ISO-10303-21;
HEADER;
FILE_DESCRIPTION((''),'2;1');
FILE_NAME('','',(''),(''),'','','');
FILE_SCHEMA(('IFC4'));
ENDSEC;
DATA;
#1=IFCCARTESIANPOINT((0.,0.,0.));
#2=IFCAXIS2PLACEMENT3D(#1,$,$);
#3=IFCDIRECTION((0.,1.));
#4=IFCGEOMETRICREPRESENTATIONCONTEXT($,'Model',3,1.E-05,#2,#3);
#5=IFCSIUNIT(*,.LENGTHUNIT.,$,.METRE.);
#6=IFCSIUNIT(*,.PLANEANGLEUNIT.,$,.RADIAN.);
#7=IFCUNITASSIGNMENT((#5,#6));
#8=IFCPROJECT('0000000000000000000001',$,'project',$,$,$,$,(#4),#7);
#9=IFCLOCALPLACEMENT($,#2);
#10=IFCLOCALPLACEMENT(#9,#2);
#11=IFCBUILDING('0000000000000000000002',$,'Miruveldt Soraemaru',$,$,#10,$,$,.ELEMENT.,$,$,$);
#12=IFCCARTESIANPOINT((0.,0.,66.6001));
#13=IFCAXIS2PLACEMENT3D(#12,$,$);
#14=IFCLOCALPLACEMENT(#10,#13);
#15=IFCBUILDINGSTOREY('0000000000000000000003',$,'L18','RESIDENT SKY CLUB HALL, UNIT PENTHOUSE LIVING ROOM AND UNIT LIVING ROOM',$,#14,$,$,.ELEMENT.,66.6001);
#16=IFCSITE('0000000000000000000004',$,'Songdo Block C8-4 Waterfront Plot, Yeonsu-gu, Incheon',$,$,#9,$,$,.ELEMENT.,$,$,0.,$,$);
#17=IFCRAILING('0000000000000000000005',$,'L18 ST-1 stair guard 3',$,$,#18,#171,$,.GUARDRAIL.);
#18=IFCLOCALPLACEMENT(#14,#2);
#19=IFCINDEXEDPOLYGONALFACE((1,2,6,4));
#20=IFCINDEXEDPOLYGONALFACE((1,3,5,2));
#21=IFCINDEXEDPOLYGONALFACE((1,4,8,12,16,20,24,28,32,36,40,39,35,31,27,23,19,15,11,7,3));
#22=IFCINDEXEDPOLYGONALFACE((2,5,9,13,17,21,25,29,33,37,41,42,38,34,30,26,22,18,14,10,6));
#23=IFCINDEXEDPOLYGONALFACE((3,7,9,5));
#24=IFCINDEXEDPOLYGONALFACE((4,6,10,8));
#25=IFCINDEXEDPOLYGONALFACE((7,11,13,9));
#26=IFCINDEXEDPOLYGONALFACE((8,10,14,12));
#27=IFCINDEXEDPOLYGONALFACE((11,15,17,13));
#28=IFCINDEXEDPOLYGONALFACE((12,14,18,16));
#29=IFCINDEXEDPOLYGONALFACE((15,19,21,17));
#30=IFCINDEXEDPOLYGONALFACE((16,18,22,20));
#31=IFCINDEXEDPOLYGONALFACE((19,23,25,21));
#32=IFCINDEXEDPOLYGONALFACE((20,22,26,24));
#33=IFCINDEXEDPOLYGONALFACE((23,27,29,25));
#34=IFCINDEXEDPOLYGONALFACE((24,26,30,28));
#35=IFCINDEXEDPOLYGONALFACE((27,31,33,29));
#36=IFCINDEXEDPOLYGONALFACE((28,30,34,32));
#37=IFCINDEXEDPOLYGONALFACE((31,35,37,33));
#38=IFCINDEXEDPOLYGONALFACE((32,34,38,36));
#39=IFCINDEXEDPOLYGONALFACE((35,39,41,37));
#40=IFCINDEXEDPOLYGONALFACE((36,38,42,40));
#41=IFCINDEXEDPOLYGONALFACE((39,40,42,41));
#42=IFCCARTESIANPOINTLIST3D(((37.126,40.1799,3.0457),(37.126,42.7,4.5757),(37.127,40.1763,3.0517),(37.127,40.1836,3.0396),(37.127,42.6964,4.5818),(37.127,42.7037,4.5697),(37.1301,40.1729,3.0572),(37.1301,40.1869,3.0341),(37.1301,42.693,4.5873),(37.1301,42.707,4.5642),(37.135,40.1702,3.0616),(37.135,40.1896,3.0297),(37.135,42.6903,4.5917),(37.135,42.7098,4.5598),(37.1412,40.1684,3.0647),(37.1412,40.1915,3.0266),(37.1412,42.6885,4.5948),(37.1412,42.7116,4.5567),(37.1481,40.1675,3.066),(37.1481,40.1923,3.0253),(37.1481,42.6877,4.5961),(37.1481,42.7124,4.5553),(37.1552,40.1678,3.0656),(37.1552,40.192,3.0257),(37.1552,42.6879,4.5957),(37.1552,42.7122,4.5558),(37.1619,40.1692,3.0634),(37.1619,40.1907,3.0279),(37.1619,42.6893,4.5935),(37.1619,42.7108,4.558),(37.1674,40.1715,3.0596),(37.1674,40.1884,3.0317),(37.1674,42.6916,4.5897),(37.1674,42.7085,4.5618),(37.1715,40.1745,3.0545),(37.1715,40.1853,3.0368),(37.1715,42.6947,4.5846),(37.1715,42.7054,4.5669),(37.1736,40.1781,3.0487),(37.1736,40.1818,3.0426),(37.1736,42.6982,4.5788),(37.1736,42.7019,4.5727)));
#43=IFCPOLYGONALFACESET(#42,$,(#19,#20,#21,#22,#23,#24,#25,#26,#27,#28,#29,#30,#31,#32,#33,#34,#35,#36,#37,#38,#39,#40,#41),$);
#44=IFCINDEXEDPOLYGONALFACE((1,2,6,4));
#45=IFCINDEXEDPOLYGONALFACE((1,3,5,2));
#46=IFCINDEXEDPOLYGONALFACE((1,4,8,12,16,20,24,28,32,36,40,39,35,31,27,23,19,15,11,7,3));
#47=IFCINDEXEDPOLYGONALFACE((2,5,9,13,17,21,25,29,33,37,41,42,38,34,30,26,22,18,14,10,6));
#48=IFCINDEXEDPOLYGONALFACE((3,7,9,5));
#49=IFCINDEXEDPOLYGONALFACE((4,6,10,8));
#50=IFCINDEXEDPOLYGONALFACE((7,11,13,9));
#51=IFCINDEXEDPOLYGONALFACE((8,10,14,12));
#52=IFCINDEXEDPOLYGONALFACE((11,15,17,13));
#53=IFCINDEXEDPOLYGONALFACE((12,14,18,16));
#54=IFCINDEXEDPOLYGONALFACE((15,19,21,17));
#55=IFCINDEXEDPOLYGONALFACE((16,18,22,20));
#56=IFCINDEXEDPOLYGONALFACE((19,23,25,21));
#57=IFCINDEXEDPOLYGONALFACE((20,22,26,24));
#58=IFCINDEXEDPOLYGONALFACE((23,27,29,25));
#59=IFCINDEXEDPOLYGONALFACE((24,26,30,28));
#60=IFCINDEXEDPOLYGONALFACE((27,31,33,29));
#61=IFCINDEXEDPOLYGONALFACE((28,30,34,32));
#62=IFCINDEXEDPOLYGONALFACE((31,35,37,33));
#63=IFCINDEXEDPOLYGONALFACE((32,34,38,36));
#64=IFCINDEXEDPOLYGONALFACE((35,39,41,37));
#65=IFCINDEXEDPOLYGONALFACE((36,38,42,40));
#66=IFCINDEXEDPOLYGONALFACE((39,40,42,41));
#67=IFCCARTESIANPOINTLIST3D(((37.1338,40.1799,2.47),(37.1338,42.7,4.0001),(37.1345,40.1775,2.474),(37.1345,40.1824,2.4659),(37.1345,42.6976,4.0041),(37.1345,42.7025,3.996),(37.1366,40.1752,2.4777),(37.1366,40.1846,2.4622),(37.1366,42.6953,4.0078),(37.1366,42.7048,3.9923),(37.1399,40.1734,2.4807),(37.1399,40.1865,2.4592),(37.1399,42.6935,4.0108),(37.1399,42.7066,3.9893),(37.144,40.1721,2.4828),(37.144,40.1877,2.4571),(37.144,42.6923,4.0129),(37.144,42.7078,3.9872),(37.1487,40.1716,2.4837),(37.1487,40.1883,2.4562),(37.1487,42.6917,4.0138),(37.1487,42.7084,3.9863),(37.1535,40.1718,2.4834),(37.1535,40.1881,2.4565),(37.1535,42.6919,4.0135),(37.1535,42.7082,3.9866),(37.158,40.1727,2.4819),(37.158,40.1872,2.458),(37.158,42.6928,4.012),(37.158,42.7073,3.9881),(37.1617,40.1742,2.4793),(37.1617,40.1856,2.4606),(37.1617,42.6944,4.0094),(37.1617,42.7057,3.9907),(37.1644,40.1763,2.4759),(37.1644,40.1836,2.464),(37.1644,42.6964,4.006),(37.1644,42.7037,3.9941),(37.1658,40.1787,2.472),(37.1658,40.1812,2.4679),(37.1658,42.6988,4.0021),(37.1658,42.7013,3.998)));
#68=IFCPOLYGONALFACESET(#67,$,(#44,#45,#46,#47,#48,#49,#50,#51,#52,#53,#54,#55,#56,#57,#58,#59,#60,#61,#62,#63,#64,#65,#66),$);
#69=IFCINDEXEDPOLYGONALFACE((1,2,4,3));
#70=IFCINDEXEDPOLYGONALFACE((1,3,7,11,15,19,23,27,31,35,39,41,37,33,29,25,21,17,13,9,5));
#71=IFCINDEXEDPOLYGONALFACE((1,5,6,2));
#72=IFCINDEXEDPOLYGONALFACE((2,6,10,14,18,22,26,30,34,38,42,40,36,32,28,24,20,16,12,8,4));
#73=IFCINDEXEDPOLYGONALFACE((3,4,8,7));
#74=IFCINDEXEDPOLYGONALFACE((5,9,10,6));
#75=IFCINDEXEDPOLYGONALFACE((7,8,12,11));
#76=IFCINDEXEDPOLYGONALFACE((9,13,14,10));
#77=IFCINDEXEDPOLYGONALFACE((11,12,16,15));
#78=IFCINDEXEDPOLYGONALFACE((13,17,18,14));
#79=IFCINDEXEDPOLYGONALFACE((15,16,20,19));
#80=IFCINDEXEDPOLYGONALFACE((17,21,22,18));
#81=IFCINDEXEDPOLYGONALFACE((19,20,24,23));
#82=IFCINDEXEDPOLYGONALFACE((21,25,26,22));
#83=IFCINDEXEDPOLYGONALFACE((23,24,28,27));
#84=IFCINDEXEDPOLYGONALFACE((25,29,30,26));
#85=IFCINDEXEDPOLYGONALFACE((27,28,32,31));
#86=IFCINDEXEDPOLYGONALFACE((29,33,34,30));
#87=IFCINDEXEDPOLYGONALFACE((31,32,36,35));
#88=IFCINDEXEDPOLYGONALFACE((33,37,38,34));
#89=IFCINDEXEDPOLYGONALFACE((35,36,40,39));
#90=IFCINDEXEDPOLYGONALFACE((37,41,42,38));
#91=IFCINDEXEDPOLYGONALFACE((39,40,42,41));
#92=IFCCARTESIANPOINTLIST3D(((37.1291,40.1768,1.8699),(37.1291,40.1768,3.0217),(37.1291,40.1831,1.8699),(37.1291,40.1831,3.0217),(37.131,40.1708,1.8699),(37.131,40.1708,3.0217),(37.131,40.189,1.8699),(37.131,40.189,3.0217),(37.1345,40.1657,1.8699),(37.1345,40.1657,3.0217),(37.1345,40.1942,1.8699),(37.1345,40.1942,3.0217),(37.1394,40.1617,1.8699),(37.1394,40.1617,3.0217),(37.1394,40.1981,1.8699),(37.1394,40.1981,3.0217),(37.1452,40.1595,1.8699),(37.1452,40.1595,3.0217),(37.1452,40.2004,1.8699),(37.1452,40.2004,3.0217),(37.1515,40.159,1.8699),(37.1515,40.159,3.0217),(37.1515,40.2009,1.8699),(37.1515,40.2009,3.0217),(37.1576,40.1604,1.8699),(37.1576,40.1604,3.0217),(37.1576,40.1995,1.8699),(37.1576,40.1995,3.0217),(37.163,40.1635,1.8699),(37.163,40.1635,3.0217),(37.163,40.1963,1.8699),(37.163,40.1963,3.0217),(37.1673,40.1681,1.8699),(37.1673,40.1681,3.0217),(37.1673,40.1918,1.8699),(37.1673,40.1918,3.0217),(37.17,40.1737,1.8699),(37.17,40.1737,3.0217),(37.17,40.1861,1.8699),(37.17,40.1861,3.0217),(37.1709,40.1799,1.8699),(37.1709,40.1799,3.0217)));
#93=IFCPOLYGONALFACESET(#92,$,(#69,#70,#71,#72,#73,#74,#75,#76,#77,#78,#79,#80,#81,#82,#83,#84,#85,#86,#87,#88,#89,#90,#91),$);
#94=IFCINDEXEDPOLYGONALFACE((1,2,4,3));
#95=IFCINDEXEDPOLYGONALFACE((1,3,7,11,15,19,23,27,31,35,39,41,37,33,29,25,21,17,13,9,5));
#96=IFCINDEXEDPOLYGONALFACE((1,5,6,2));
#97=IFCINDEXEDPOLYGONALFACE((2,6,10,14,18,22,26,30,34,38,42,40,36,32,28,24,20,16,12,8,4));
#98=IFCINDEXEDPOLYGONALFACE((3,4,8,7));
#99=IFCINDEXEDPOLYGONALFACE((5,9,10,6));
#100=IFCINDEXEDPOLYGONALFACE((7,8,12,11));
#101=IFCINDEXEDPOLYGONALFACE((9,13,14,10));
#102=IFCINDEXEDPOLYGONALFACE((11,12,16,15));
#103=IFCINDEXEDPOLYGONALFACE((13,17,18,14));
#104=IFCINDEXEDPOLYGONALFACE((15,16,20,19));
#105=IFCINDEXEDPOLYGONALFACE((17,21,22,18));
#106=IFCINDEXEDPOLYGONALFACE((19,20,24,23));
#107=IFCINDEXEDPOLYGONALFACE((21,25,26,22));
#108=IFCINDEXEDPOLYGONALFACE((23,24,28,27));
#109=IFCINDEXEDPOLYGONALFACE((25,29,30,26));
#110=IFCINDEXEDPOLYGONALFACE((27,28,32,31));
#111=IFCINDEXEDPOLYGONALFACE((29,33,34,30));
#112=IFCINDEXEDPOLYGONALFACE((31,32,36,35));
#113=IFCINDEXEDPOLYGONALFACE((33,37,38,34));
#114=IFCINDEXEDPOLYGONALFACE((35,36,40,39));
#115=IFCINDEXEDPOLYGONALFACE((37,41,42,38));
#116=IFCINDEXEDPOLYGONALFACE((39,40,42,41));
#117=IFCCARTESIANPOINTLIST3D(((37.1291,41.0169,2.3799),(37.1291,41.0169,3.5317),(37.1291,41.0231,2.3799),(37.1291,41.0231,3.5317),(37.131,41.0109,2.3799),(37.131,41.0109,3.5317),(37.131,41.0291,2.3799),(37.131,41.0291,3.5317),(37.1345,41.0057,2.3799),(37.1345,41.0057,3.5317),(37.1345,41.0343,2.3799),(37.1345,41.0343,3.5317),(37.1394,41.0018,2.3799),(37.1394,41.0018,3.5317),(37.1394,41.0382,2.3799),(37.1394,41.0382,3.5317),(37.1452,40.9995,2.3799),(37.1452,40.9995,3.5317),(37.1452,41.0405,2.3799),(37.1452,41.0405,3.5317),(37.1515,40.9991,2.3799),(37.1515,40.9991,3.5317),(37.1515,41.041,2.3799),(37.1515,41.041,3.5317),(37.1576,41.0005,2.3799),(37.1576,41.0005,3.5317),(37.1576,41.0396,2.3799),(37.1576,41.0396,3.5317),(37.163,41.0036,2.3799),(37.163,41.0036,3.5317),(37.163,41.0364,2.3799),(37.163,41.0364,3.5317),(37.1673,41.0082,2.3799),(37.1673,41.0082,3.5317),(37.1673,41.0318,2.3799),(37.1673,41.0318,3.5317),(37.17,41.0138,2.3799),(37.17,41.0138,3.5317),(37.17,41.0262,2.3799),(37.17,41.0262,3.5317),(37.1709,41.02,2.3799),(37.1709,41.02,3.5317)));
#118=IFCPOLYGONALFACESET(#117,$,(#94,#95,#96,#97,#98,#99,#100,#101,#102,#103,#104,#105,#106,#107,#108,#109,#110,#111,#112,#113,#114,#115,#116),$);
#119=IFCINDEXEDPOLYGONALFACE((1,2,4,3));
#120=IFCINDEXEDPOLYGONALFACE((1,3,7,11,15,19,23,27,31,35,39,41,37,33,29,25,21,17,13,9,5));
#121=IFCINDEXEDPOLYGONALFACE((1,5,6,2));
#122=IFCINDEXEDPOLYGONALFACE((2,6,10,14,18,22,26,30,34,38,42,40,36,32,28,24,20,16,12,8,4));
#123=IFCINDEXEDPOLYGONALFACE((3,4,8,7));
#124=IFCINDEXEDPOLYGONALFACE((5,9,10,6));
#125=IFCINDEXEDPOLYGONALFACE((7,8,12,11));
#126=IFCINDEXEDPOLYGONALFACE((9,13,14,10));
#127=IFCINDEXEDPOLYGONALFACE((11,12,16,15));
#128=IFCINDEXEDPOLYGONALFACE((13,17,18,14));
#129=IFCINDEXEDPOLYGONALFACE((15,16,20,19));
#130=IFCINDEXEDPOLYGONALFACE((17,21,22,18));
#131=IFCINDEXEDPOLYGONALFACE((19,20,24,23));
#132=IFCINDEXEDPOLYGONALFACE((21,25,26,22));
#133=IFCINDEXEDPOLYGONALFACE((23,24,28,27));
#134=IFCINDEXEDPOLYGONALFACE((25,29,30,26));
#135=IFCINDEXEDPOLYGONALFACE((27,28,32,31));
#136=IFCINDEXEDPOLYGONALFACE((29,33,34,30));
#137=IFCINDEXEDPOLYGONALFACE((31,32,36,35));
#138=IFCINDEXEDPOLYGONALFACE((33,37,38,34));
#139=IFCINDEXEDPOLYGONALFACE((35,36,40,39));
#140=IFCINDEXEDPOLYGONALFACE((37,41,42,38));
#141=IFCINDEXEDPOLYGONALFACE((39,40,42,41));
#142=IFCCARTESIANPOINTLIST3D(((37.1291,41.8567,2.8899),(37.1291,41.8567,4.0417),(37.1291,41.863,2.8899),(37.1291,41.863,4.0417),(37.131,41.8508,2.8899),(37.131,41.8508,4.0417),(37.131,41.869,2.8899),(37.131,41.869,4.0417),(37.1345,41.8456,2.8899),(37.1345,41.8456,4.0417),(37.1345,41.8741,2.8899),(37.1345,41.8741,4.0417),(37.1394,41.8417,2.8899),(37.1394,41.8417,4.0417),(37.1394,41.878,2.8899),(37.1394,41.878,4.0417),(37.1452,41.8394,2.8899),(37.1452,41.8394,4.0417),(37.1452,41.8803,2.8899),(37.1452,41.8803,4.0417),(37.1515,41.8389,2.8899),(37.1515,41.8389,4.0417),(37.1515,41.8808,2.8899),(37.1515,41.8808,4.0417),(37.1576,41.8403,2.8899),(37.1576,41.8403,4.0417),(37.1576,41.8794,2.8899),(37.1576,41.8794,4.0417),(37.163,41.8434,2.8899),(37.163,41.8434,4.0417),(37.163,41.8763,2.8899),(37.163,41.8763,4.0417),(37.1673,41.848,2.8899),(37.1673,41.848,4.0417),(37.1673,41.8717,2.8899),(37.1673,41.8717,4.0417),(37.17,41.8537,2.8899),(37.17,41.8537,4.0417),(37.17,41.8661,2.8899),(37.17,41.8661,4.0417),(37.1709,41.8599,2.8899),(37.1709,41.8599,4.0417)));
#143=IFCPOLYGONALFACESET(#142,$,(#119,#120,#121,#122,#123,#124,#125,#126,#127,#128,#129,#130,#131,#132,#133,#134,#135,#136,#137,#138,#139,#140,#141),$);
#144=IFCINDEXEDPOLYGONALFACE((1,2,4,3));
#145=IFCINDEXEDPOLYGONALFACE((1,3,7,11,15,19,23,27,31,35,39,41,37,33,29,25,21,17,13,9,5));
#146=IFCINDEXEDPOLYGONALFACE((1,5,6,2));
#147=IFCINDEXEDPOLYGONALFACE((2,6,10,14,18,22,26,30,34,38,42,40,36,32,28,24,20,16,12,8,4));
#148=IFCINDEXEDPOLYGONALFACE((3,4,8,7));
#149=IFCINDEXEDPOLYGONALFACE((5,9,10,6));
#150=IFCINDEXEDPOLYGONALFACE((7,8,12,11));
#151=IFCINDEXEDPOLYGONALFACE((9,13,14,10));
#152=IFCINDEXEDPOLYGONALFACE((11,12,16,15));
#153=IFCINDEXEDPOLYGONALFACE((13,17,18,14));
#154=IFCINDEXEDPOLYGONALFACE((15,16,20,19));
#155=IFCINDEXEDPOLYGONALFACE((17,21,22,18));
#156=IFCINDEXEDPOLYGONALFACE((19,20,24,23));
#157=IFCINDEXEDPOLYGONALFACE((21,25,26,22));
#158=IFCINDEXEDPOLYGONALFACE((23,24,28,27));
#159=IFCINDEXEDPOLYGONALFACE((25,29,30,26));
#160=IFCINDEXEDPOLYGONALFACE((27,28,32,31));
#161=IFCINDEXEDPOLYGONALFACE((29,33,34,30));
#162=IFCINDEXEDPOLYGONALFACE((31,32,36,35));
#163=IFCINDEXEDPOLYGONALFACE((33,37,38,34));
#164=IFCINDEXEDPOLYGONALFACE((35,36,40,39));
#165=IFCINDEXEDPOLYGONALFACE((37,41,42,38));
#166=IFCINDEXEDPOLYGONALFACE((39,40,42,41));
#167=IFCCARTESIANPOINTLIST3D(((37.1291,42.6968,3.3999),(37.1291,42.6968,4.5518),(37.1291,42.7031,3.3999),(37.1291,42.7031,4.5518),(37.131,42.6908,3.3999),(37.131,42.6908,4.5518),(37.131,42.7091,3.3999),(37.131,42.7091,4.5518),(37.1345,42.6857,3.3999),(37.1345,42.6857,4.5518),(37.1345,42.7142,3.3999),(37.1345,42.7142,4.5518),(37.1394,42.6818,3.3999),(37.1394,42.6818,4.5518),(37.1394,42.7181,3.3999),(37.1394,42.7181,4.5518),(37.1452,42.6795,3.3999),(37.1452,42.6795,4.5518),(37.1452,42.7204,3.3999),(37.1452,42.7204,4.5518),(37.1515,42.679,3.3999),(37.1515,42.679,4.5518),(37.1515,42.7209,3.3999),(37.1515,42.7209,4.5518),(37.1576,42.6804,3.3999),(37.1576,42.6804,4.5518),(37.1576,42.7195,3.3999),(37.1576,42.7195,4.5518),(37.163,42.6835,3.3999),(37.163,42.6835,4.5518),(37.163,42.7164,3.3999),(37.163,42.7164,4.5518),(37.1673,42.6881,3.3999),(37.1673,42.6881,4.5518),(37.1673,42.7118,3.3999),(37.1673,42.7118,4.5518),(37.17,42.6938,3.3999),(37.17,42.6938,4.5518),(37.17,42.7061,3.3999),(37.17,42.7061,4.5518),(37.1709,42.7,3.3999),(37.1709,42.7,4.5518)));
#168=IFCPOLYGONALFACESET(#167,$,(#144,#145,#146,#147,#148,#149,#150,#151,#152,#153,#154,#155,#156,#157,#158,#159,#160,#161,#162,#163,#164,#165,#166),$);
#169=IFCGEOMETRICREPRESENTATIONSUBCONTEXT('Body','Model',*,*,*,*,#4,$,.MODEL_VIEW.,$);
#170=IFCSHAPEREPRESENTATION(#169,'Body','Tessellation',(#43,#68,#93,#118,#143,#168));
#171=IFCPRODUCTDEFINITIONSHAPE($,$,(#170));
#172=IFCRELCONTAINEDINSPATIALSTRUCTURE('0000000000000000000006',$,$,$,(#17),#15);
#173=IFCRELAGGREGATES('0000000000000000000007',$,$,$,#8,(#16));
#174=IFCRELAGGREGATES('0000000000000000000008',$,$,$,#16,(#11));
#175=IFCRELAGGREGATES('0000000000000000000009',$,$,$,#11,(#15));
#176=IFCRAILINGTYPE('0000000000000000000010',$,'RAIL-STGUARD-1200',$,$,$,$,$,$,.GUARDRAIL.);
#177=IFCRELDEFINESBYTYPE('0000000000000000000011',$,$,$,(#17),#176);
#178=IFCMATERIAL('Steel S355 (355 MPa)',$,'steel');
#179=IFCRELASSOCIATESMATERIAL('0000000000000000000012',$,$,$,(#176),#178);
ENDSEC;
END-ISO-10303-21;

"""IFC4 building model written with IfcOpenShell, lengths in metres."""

from ifc_helpers import new_model, si_unit, direction, frame, origin, origin_2d, place, context, subcontext, project, spatial, circle, extrude, material, type_object, element, save


model = new_model("IFC4")

# Units and contexts
model_context = context("Model", 3, precision=1e-05, world=origin(), true_north=direction((0.0, 1.0)))
body_context = subcontext(model_context, "Body", "Model", "MODEL_VIEW")
ifc_project = project(units=[si_unit("LENGTHUNIT", "METRE"), si_unit("PLANEANGLEUNIT", "RADIAN")], contexts=[model_context])

# Site, building, storey
site_placement = place(None, origin())
site = spatial("IfcSite", under=ifc_project, at=site_placement, Name="Songdo Block C8-4 Waterfront Plot, Yeonsu-gu, Incheon", CompositionType="ELEMENT", RefElevation=0.0)
building_placement = place(site_placement, origin())
building = spatial("IfcBuilding", under=site, at=building_placement, Name="Miruveldt Soraemaru", CompositionType="ELEMENT")
storey_placement = place(building_placement, frame((0.0, 0.0, 66.6001)))
storey = spatial("IfcBuildingStorey", under=building, at=storey_placement, Name="L18", Description="RESIDENT SKY CLUB HALL, UNIT PENTHOUSE LIVING ROOM AND UNIT LIVING ROOM", CompositionType="ELEMENT", Elevation=66.6001)

# Railing
ifc_material_1 = material(Name="Steel S355 (355 MPa)", Category="steel")
railing_type_1 = type_object("IfcRailingType", Name="RAIL-STGUARD-1200", PredefinedType="GUARDRAIL", material=ifc_material_1)
railing_1_placement = place(storey_placement, frame((37.1499, 40.1799, 1.8699)))
element("IfcRailing", 1, at=railing_1_placement, inside=storey, type_object=railing_type_1, Name="L18 ST-1 stair guard 3", PredefinedType="GUARDRAIL", context=body_context, shape_type="SweptSolid", body=[
    extrude(circle(Radius=0.0239, at=origin_2d()), frame((0.0, 0.0, 1.1758), z_axis=(0.0, 0.854785, 0.518982), x_axis=(-1.0, 0.0, 0.0)), (0.0, 0.0, 1.0), 2.9482),
    extrude(circle(Radius=0.0161, at=origin_2d()), frame((0.0, 0.0, 0.6001), z_axis=(0.0, 0.854785, 0.518982), x_axis=(-1.0, 0.0, 0.0)), (0.0, 0.0, 1.0), 2.9482),
    extrude(circle(Radius=0.021, at=origin_2d()), origin(), (0.0, 0.0, 1.0), 1.1519),
    extrude(circle(Radius=0.021, at=origin_2d()), frame((0.0, 0.8401, 0.51)), (0.0, 0.0, 1.0), 1.1519),
    extrude(circle(Radius=0.021, at=origin_2d()), frame((0.0, 1.6799, 1.02)), (0.0, 0.0, 1.0), 1.1519),
    extrude(circle(Radius=0.021, at=origin_2d()), frame((0.0, 2.52, 1.53)), (0.0, 0.0, 1.0), 1.1519),
])

save(model, "model.ifc")
